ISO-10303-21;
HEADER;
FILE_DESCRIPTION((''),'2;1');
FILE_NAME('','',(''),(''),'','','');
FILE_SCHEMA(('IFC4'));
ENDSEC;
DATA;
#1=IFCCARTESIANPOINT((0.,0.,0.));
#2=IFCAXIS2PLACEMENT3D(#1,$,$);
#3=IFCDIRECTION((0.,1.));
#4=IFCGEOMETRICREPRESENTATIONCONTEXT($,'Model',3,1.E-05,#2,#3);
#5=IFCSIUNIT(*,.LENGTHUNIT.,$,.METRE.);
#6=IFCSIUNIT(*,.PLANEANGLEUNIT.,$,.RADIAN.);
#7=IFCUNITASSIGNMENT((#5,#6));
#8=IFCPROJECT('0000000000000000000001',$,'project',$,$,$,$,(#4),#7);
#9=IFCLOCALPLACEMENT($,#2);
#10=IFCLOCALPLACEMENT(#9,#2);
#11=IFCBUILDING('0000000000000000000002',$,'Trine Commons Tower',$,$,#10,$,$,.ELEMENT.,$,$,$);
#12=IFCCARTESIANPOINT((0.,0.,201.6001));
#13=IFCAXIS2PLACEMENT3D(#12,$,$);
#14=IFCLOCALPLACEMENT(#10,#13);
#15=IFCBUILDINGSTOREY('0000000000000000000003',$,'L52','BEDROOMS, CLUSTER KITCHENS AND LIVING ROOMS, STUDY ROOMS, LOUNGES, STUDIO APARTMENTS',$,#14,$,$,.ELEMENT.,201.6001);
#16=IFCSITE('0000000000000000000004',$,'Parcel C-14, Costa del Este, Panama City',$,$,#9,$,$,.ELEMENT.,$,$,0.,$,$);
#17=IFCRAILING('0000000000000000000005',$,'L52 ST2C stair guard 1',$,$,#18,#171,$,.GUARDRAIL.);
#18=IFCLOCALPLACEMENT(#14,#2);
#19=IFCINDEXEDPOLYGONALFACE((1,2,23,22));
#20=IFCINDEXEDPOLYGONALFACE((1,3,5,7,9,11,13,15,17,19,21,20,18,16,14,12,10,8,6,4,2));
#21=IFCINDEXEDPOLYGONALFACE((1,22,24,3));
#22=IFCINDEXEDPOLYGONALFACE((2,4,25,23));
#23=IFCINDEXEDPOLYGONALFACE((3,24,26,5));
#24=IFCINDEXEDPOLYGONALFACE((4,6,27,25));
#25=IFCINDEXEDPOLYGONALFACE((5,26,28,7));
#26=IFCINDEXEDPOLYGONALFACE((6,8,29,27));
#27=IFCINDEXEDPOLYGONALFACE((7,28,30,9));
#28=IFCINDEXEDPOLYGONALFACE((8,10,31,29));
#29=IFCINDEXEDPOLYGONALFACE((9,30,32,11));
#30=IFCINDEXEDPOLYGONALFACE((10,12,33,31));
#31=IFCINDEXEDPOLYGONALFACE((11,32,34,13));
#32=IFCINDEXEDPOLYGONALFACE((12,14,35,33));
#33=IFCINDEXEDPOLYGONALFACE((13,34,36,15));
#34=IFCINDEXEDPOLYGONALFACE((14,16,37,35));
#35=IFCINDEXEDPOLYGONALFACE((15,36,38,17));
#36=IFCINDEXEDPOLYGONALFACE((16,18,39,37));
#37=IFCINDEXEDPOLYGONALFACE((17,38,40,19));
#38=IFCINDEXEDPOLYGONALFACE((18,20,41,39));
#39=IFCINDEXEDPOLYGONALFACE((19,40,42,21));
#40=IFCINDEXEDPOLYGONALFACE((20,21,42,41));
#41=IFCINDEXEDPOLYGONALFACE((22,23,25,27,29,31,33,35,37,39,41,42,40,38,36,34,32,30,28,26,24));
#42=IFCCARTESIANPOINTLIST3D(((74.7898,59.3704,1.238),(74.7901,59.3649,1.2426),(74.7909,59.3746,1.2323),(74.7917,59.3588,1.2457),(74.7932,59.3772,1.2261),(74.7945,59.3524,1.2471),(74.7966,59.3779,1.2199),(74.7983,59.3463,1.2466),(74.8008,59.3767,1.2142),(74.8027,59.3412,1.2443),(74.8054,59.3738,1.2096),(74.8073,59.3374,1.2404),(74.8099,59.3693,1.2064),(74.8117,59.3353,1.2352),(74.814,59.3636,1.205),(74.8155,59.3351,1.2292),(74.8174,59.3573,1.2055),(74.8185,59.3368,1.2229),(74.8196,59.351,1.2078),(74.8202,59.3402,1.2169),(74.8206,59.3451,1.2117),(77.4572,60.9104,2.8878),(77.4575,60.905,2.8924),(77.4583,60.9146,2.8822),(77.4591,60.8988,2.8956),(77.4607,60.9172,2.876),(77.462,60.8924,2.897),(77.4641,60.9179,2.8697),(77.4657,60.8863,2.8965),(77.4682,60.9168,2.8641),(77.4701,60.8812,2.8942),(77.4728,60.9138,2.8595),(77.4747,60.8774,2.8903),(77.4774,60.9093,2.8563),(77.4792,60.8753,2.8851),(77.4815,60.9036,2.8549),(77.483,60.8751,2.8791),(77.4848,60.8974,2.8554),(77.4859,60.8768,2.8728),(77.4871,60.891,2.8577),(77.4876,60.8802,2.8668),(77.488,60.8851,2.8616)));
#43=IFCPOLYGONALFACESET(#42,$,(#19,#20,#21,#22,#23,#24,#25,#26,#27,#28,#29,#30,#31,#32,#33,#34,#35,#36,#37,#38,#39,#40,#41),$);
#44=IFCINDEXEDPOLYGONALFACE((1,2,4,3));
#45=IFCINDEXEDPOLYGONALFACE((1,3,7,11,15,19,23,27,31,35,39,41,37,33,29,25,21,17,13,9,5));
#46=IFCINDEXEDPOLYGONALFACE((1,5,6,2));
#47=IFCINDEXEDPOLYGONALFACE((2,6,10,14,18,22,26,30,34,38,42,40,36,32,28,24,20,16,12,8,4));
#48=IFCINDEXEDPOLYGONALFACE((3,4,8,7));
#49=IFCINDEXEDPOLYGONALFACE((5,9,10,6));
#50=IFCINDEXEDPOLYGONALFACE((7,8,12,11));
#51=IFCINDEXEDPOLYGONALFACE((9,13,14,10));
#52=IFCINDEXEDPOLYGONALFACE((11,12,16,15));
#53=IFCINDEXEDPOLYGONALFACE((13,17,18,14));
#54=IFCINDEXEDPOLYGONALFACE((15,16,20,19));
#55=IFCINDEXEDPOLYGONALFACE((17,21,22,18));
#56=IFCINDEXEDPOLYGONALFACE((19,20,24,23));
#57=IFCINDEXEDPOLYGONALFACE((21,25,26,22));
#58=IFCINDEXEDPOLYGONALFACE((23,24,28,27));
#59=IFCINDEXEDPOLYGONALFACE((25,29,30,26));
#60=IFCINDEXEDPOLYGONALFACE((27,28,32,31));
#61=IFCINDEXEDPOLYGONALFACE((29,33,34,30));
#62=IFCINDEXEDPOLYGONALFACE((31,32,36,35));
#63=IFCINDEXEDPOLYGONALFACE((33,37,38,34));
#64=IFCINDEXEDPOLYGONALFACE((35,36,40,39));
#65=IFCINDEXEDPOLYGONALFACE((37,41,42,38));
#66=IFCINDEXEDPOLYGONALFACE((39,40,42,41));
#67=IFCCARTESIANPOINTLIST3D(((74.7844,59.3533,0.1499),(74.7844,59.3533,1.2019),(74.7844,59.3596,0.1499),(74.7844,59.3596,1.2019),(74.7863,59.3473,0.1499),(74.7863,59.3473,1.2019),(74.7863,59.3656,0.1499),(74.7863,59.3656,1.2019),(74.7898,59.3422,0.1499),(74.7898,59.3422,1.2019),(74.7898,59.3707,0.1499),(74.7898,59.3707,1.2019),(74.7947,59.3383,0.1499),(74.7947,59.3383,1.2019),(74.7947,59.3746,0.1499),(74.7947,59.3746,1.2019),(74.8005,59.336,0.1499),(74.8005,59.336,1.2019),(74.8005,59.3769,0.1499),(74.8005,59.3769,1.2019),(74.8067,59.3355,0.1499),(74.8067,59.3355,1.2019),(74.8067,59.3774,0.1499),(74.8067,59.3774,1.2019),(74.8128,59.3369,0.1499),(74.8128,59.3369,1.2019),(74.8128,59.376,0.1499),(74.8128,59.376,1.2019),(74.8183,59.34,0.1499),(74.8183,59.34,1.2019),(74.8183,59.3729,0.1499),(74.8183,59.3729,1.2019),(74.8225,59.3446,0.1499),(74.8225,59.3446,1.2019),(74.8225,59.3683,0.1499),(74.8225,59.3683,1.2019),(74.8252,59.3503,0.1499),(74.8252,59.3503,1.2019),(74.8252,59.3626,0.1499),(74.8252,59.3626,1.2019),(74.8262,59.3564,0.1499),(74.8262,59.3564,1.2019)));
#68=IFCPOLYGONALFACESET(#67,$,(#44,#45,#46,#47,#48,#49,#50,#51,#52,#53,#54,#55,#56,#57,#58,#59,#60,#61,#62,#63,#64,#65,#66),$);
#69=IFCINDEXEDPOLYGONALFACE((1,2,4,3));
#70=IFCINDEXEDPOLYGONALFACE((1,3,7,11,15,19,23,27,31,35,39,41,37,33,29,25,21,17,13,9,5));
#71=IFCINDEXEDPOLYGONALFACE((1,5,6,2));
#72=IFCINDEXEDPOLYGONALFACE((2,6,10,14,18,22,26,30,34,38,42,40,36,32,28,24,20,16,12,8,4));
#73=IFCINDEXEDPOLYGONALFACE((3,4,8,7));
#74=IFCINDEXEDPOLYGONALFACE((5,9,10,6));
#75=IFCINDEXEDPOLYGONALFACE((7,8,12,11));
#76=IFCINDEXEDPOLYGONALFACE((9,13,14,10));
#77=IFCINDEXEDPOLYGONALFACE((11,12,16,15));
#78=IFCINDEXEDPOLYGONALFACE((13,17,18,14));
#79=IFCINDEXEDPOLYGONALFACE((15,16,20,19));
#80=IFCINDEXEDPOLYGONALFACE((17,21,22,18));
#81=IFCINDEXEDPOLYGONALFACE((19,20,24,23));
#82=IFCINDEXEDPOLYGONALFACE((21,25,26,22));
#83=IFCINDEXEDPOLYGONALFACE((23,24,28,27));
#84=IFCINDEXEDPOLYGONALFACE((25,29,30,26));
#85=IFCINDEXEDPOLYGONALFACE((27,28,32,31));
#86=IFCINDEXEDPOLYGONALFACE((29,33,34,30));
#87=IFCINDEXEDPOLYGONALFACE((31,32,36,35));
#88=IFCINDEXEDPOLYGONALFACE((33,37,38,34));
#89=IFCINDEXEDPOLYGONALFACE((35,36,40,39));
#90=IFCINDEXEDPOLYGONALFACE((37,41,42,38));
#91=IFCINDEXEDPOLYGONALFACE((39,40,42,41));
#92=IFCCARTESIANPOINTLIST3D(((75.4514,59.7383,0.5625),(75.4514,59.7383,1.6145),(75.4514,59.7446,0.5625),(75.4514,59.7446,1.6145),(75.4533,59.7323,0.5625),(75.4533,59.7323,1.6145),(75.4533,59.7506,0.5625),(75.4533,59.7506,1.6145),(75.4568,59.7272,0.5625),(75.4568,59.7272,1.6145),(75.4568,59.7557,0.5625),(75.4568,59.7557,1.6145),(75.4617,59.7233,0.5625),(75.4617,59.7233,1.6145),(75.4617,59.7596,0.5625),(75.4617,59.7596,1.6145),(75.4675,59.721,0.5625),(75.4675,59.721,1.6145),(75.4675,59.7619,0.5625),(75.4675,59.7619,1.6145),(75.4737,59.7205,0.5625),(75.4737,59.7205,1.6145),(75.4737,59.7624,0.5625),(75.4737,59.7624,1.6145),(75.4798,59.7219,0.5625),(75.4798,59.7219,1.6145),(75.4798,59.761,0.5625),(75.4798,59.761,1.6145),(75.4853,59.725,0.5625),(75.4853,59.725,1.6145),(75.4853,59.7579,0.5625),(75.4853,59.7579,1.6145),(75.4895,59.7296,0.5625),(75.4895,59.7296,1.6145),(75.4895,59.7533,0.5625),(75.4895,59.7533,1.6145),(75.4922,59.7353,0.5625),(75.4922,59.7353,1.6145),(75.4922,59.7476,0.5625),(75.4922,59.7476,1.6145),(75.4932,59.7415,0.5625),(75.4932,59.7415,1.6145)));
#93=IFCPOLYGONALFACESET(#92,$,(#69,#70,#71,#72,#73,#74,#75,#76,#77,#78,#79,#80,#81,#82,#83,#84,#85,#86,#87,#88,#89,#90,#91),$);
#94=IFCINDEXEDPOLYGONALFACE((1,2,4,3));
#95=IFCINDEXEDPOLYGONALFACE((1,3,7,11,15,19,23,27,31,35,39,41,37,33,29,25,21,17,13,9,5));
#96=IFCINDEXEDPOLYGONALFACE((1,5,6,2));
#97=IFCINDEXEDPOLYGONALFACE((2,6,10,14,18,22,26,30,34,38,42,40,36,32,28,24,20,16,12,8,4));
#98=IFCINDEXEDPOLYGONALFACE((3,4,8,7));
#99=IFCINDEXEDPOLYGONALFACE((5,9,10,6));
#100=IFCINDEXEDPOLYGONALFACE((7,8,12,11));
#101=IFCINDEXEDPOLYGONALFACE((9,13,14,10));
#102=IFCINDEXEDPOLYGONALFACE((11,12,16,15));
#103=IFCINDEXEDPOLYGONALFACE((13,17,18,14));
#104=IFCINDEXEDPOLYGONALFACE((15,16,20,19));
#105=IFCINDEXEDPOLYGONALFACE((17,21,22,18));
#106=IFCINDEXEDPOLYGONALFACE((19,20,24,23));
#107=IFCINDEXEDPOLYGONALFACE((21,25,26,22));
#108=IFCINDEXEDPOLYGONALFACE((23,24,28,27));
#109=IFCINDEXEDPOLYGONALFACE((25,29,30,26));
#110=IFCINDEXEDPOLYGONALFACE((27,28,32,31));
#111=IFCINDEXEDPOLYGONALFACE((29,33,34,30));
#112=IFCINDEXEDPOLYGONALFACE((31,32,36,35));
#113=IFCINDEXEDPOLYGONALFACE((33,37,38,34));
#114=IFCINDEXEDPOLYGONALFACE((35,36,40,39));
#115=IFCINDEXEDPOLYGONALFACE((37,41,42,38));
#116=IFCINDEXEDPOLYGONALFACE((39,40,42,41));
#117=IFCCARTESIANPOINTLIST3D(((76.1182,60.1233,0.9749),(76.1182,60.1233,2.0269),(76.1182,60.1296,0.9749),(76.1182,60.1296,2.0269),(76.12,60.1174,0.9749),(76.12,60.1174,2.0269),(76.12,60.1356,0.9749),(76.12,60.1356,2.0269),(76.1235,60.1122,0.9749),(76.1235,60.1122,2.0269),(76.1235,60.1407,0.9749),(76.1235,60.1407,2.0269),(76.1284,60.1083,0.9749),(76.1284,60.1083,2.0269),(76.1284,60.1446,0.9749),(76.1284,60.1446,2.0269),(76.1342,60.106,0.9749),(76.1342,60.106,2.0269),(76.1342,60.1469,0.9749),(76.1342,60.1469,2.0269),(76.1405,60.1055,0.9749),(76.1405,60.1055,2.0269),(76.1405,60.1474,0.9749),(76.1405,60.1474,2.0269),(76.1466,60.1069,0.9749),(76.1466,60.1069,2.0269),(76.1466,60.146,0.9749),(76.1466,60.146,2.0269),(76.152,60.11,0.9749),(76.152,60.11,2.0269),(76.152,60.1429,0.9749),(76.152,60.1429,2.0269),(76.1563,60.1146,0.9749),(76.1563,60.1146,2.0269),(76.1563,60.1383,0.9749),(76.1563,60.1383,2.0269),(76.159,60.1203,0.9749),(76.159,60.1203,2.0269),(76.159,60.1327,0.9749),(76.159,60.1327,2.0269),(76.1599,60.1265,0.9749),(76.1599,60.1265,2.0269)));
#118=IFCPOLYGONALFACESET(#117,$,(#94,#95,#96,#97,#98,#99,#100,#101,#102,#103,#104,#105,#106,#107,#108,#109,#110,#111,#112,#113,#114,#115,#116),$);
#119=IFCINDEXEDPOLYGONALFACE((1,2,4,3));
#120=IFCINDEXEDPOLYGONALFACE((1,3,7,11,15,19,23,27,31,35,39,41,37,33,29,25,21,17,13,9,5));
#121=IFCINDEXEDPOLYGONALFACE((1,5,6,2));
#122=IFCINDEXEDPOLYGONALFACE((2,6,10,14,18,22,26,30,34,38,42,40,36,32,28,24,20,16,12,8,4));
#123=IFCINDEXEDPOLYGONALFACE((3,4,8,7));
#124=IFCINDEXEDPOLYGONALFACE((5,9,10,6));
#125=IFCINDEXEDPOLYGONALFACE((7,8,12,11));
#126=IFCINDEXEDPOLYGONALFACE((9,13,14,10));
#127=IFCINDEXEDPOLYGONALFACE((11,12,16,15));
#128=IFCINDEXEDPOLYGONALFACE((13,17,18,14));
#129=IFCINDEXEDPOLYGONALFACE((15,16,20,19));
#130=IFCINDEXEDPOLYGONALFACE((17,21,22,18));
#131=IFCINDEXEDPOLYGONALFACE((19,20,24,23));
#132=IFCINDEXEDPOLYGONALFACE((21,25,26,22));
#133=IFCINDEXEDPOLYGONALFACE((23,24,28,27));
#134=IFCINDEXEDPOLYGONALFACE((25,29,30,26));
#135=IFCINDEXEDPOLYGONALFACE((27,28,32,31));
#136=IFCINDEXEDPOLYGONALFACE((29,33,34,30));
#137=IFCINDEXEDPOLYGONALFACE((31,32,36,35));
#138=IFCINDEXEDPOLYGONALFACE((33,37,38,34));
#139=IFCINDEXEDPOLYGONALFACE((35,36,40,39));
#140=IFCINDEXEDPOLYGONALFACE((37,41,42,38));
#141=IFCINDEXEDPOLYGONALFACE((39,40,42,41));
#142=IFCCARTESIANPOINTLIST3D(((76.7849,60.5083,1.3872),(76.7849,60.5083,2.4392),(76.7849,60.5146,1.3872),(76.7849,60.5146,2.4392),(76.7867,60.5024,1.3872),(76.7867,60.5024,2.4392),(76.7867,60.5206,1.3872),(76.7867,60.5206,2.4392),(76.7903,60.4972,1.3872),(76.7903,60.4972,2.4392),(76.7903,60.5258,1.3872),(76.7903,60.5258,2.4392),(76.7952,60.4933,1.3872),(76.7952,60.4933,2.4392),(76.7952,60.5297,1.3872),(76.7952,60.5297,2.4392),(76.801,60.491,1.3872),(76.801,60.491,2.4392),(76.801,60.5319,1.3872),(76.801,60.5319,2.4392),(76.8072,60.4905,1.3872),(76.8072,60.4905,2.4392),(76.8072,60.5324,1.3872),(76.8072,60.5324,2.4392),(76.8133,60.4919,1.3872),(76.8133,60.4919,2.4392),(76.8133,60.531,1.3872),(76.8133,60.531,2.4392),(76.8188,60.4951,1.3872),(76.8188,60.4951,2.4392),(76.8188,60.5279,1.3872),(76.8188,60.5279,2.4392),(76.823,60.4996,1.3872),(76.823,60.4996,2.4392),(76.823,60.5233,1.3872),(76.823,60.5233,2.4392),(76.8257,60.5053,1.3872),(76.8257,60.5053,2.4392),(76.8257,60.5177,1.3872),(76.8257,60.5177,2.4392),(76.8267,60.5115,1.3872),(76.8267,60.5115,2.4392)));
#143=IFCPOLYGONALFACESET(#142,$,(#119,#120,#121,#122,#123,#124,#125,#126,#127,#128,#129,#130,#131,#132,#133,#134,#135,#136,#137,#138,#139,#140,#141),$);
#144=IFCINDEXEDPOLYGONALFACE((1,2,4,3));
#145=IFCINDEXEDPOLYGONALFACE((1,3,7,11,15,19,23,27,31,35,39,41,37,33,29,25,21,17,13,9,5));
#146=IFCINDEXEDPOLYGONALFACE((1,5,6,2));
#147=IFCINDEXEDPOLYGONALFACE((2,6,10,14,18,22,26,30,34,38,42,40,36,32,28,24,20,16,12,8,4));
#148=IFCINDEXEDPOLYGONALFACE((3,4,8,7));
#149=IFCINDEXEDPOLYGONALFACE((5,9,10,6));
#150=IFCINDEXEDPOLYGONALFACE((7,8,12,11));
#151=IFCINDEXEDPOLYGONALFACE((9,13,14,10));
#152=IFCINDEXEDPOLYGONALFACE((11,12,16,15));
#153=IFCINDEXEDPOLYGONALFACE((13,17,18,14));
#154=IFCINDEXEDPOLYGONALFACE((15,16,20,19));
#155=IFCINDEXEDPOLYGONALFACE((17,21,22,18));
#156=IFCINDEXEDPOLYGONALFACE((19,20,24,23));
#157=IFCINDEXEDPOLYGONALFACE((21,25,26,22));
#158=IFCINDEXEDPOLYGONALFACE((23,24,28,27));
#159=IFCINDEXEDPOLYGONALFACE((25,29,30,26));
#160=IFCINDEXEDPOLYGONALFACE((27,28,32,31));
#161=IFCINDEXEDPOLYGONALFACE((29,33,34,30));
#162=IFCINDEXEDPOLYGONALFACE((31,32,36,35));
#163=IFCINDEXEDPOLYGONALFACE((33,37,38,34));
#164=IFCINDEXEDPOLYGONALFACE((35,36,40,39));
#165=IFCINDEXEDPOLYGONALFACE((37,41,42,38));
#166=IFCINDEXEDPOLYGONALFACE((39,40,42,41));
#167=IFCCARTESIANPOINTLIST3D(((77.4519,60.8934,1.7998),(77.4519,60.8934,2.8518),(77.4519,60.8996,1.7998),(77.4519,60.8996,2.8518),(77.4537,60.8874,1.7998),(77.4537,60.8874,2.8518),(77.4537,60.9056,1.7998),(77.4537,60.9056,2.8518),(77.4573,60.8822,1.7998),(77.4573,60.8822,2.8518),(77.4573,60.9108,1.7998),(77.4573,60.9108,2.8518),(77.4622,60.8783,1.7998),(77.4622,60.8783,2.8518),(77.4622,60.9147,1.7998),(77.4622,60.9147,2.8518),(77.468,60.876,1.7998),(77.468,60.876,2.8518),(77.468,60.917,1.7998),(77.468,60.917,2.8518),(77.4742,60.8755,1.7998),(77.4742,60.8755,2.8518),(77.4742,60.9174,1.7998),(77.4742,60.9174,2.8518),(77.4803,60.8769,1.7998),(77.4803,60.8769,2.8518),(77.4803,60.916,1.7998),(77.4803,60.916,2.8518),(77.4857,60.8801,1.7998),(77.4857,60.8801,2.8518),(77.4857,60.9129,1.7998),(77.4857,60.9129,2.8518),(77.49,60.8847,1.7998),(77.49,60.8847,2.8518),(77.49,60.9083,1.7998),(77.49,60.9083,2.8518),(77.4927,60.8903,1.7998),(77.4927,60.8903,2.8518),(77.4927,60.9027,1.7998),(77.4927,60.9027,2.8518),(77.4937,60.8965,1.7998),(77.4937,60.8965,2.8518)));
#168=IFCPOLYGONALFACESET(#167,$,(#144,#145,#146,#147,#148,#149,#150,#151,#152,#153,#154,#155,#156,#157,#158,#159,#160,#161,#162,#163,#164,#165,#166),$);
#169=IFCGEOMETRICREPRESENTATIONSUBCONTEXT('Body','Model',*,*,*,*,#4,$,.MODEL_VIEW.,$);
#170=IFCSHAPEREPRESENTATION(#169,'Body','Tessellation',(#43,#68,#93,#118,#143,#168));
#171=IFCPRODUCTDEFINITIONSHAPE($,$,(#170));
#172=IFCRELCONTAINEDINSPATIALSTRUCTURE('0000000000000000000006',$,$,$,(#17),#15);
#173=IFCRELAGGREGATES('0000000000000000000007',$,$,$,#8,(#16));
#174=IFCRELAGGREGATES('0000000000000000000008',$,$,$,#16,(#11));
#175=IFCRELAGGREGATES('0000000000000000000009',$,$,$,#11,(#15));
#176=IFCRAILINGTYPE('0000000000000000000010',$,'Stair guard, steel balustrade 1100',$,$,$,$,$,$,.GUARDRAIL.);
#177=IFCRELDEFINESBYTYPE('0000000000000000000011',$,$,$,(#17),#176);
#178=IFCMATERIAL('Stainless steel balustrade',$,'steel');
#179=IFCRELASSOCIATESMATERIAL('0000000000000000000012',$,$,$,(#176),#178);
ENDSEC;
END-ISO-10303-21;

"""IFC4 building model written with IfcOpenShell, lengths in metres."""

from ifc_helpers import new_model, si_unit, direction, frame, origin, origin_2d, place, context, subcontext, project, spatial, circle, extrude, material, type_object, element, save


model = new_model("IFC4")

# Units and contexts
model_context = context("Model", 3, precision=1e-05, world=origin(), true_north=direction((0.0, 1.0)))
body_context = subcontext(model_context, "Body", "Model", "MODEL_VIEW")
ifc_project = project(units=[si_unit("LENGTHUNIT", "METRE"), si_unit("PLANEANGLEUNIT", "RADIAN")], contexts=[model_context])

# Site, building, storey
site_placement = place(None, origin())
site = spatial("IfcSite", under=ifc_project, at=site_placement, Name="Parcel C-14, Costa del Este, Panama City", CompositionType="ELEMENT", RefElevation=0.0)
building_placement = place(site_placement, origin())
building = spatial("IfcBuilding", under=site, at=building_placement, Name="Trine Commons Tower", CompositionType="ELEMENT")
storey_placement = place(building_placement, frame((0.0, 0.0, 201.6001)))
storey = spatial("IfcBuildingStorey", under=building, at=storey_placement, Name="L52", Description="BEDROOMS, CLUSTER KITCHENS AND LIVING ROOMS, STUDY ROOMS, LOUNGES, STUDIO APARTMENTS", CompositionType="ELEMENT", Elevation=201.6001)

# Railing
ifc_material_1 = material(Name="Stainless steel balustrade", Category="steel")
railing_type_1 = type_object("IfcRailingType", Name="Stair guard, steel balustrade 1100", PredefinedType="GUARDRAIL", material=ifc_material_1)
railing_1_placement = place(storey_placement, frame((74.8052, 59.3564, 0.1499)))
element("IfcRailing", 1, at=railing_1_placement, inside=storey, type_object=railing_type_1, Name="L52 ST2C stair guard 1", PredefinedType="GUARDRAIL", context=body_context, shape_type="SweptSolid", body=[
    extrude(circle(Radius=0.0239, at=origin_2d()), frame((0.0, 0.0, 1.0762), z_axis=(0.763405, 0.440743, 0.472185), x_axis=(-0.499992, 0.86603, 0.0)), (0.0, 0.0, 1.0), 3.4941),
    extrude(circle(Radius=0.021, at=origin_2d()), origin(), (0.0, 0.0, 1.0), 1.052),
    extrude(circle(Radius=0.021, at=origin_2d()), frame((0.667, 0.385, 0.4126)), (0.0, 0.0, 1.0), 1.052),
    extrude(circle(Radius=0.021, at=origin_2d()), frame((1.3337, 0.77, 0.825)), (0.0, 0.0, 1.0), 1.052),
    extrude(circle(Radius=0.021, at=origin_2d()), frame((2.0005, 1.155, 1.2373)), (0.0, 0.0, 1.0), 1.052),
    extrude(circle(Radius=0.021, at=origin_2d()), frame((2.6675, 1.54, 1.6499)), (0.0, 0.0, 1.0), 1.052),
])

save(model, "model.ifc")
